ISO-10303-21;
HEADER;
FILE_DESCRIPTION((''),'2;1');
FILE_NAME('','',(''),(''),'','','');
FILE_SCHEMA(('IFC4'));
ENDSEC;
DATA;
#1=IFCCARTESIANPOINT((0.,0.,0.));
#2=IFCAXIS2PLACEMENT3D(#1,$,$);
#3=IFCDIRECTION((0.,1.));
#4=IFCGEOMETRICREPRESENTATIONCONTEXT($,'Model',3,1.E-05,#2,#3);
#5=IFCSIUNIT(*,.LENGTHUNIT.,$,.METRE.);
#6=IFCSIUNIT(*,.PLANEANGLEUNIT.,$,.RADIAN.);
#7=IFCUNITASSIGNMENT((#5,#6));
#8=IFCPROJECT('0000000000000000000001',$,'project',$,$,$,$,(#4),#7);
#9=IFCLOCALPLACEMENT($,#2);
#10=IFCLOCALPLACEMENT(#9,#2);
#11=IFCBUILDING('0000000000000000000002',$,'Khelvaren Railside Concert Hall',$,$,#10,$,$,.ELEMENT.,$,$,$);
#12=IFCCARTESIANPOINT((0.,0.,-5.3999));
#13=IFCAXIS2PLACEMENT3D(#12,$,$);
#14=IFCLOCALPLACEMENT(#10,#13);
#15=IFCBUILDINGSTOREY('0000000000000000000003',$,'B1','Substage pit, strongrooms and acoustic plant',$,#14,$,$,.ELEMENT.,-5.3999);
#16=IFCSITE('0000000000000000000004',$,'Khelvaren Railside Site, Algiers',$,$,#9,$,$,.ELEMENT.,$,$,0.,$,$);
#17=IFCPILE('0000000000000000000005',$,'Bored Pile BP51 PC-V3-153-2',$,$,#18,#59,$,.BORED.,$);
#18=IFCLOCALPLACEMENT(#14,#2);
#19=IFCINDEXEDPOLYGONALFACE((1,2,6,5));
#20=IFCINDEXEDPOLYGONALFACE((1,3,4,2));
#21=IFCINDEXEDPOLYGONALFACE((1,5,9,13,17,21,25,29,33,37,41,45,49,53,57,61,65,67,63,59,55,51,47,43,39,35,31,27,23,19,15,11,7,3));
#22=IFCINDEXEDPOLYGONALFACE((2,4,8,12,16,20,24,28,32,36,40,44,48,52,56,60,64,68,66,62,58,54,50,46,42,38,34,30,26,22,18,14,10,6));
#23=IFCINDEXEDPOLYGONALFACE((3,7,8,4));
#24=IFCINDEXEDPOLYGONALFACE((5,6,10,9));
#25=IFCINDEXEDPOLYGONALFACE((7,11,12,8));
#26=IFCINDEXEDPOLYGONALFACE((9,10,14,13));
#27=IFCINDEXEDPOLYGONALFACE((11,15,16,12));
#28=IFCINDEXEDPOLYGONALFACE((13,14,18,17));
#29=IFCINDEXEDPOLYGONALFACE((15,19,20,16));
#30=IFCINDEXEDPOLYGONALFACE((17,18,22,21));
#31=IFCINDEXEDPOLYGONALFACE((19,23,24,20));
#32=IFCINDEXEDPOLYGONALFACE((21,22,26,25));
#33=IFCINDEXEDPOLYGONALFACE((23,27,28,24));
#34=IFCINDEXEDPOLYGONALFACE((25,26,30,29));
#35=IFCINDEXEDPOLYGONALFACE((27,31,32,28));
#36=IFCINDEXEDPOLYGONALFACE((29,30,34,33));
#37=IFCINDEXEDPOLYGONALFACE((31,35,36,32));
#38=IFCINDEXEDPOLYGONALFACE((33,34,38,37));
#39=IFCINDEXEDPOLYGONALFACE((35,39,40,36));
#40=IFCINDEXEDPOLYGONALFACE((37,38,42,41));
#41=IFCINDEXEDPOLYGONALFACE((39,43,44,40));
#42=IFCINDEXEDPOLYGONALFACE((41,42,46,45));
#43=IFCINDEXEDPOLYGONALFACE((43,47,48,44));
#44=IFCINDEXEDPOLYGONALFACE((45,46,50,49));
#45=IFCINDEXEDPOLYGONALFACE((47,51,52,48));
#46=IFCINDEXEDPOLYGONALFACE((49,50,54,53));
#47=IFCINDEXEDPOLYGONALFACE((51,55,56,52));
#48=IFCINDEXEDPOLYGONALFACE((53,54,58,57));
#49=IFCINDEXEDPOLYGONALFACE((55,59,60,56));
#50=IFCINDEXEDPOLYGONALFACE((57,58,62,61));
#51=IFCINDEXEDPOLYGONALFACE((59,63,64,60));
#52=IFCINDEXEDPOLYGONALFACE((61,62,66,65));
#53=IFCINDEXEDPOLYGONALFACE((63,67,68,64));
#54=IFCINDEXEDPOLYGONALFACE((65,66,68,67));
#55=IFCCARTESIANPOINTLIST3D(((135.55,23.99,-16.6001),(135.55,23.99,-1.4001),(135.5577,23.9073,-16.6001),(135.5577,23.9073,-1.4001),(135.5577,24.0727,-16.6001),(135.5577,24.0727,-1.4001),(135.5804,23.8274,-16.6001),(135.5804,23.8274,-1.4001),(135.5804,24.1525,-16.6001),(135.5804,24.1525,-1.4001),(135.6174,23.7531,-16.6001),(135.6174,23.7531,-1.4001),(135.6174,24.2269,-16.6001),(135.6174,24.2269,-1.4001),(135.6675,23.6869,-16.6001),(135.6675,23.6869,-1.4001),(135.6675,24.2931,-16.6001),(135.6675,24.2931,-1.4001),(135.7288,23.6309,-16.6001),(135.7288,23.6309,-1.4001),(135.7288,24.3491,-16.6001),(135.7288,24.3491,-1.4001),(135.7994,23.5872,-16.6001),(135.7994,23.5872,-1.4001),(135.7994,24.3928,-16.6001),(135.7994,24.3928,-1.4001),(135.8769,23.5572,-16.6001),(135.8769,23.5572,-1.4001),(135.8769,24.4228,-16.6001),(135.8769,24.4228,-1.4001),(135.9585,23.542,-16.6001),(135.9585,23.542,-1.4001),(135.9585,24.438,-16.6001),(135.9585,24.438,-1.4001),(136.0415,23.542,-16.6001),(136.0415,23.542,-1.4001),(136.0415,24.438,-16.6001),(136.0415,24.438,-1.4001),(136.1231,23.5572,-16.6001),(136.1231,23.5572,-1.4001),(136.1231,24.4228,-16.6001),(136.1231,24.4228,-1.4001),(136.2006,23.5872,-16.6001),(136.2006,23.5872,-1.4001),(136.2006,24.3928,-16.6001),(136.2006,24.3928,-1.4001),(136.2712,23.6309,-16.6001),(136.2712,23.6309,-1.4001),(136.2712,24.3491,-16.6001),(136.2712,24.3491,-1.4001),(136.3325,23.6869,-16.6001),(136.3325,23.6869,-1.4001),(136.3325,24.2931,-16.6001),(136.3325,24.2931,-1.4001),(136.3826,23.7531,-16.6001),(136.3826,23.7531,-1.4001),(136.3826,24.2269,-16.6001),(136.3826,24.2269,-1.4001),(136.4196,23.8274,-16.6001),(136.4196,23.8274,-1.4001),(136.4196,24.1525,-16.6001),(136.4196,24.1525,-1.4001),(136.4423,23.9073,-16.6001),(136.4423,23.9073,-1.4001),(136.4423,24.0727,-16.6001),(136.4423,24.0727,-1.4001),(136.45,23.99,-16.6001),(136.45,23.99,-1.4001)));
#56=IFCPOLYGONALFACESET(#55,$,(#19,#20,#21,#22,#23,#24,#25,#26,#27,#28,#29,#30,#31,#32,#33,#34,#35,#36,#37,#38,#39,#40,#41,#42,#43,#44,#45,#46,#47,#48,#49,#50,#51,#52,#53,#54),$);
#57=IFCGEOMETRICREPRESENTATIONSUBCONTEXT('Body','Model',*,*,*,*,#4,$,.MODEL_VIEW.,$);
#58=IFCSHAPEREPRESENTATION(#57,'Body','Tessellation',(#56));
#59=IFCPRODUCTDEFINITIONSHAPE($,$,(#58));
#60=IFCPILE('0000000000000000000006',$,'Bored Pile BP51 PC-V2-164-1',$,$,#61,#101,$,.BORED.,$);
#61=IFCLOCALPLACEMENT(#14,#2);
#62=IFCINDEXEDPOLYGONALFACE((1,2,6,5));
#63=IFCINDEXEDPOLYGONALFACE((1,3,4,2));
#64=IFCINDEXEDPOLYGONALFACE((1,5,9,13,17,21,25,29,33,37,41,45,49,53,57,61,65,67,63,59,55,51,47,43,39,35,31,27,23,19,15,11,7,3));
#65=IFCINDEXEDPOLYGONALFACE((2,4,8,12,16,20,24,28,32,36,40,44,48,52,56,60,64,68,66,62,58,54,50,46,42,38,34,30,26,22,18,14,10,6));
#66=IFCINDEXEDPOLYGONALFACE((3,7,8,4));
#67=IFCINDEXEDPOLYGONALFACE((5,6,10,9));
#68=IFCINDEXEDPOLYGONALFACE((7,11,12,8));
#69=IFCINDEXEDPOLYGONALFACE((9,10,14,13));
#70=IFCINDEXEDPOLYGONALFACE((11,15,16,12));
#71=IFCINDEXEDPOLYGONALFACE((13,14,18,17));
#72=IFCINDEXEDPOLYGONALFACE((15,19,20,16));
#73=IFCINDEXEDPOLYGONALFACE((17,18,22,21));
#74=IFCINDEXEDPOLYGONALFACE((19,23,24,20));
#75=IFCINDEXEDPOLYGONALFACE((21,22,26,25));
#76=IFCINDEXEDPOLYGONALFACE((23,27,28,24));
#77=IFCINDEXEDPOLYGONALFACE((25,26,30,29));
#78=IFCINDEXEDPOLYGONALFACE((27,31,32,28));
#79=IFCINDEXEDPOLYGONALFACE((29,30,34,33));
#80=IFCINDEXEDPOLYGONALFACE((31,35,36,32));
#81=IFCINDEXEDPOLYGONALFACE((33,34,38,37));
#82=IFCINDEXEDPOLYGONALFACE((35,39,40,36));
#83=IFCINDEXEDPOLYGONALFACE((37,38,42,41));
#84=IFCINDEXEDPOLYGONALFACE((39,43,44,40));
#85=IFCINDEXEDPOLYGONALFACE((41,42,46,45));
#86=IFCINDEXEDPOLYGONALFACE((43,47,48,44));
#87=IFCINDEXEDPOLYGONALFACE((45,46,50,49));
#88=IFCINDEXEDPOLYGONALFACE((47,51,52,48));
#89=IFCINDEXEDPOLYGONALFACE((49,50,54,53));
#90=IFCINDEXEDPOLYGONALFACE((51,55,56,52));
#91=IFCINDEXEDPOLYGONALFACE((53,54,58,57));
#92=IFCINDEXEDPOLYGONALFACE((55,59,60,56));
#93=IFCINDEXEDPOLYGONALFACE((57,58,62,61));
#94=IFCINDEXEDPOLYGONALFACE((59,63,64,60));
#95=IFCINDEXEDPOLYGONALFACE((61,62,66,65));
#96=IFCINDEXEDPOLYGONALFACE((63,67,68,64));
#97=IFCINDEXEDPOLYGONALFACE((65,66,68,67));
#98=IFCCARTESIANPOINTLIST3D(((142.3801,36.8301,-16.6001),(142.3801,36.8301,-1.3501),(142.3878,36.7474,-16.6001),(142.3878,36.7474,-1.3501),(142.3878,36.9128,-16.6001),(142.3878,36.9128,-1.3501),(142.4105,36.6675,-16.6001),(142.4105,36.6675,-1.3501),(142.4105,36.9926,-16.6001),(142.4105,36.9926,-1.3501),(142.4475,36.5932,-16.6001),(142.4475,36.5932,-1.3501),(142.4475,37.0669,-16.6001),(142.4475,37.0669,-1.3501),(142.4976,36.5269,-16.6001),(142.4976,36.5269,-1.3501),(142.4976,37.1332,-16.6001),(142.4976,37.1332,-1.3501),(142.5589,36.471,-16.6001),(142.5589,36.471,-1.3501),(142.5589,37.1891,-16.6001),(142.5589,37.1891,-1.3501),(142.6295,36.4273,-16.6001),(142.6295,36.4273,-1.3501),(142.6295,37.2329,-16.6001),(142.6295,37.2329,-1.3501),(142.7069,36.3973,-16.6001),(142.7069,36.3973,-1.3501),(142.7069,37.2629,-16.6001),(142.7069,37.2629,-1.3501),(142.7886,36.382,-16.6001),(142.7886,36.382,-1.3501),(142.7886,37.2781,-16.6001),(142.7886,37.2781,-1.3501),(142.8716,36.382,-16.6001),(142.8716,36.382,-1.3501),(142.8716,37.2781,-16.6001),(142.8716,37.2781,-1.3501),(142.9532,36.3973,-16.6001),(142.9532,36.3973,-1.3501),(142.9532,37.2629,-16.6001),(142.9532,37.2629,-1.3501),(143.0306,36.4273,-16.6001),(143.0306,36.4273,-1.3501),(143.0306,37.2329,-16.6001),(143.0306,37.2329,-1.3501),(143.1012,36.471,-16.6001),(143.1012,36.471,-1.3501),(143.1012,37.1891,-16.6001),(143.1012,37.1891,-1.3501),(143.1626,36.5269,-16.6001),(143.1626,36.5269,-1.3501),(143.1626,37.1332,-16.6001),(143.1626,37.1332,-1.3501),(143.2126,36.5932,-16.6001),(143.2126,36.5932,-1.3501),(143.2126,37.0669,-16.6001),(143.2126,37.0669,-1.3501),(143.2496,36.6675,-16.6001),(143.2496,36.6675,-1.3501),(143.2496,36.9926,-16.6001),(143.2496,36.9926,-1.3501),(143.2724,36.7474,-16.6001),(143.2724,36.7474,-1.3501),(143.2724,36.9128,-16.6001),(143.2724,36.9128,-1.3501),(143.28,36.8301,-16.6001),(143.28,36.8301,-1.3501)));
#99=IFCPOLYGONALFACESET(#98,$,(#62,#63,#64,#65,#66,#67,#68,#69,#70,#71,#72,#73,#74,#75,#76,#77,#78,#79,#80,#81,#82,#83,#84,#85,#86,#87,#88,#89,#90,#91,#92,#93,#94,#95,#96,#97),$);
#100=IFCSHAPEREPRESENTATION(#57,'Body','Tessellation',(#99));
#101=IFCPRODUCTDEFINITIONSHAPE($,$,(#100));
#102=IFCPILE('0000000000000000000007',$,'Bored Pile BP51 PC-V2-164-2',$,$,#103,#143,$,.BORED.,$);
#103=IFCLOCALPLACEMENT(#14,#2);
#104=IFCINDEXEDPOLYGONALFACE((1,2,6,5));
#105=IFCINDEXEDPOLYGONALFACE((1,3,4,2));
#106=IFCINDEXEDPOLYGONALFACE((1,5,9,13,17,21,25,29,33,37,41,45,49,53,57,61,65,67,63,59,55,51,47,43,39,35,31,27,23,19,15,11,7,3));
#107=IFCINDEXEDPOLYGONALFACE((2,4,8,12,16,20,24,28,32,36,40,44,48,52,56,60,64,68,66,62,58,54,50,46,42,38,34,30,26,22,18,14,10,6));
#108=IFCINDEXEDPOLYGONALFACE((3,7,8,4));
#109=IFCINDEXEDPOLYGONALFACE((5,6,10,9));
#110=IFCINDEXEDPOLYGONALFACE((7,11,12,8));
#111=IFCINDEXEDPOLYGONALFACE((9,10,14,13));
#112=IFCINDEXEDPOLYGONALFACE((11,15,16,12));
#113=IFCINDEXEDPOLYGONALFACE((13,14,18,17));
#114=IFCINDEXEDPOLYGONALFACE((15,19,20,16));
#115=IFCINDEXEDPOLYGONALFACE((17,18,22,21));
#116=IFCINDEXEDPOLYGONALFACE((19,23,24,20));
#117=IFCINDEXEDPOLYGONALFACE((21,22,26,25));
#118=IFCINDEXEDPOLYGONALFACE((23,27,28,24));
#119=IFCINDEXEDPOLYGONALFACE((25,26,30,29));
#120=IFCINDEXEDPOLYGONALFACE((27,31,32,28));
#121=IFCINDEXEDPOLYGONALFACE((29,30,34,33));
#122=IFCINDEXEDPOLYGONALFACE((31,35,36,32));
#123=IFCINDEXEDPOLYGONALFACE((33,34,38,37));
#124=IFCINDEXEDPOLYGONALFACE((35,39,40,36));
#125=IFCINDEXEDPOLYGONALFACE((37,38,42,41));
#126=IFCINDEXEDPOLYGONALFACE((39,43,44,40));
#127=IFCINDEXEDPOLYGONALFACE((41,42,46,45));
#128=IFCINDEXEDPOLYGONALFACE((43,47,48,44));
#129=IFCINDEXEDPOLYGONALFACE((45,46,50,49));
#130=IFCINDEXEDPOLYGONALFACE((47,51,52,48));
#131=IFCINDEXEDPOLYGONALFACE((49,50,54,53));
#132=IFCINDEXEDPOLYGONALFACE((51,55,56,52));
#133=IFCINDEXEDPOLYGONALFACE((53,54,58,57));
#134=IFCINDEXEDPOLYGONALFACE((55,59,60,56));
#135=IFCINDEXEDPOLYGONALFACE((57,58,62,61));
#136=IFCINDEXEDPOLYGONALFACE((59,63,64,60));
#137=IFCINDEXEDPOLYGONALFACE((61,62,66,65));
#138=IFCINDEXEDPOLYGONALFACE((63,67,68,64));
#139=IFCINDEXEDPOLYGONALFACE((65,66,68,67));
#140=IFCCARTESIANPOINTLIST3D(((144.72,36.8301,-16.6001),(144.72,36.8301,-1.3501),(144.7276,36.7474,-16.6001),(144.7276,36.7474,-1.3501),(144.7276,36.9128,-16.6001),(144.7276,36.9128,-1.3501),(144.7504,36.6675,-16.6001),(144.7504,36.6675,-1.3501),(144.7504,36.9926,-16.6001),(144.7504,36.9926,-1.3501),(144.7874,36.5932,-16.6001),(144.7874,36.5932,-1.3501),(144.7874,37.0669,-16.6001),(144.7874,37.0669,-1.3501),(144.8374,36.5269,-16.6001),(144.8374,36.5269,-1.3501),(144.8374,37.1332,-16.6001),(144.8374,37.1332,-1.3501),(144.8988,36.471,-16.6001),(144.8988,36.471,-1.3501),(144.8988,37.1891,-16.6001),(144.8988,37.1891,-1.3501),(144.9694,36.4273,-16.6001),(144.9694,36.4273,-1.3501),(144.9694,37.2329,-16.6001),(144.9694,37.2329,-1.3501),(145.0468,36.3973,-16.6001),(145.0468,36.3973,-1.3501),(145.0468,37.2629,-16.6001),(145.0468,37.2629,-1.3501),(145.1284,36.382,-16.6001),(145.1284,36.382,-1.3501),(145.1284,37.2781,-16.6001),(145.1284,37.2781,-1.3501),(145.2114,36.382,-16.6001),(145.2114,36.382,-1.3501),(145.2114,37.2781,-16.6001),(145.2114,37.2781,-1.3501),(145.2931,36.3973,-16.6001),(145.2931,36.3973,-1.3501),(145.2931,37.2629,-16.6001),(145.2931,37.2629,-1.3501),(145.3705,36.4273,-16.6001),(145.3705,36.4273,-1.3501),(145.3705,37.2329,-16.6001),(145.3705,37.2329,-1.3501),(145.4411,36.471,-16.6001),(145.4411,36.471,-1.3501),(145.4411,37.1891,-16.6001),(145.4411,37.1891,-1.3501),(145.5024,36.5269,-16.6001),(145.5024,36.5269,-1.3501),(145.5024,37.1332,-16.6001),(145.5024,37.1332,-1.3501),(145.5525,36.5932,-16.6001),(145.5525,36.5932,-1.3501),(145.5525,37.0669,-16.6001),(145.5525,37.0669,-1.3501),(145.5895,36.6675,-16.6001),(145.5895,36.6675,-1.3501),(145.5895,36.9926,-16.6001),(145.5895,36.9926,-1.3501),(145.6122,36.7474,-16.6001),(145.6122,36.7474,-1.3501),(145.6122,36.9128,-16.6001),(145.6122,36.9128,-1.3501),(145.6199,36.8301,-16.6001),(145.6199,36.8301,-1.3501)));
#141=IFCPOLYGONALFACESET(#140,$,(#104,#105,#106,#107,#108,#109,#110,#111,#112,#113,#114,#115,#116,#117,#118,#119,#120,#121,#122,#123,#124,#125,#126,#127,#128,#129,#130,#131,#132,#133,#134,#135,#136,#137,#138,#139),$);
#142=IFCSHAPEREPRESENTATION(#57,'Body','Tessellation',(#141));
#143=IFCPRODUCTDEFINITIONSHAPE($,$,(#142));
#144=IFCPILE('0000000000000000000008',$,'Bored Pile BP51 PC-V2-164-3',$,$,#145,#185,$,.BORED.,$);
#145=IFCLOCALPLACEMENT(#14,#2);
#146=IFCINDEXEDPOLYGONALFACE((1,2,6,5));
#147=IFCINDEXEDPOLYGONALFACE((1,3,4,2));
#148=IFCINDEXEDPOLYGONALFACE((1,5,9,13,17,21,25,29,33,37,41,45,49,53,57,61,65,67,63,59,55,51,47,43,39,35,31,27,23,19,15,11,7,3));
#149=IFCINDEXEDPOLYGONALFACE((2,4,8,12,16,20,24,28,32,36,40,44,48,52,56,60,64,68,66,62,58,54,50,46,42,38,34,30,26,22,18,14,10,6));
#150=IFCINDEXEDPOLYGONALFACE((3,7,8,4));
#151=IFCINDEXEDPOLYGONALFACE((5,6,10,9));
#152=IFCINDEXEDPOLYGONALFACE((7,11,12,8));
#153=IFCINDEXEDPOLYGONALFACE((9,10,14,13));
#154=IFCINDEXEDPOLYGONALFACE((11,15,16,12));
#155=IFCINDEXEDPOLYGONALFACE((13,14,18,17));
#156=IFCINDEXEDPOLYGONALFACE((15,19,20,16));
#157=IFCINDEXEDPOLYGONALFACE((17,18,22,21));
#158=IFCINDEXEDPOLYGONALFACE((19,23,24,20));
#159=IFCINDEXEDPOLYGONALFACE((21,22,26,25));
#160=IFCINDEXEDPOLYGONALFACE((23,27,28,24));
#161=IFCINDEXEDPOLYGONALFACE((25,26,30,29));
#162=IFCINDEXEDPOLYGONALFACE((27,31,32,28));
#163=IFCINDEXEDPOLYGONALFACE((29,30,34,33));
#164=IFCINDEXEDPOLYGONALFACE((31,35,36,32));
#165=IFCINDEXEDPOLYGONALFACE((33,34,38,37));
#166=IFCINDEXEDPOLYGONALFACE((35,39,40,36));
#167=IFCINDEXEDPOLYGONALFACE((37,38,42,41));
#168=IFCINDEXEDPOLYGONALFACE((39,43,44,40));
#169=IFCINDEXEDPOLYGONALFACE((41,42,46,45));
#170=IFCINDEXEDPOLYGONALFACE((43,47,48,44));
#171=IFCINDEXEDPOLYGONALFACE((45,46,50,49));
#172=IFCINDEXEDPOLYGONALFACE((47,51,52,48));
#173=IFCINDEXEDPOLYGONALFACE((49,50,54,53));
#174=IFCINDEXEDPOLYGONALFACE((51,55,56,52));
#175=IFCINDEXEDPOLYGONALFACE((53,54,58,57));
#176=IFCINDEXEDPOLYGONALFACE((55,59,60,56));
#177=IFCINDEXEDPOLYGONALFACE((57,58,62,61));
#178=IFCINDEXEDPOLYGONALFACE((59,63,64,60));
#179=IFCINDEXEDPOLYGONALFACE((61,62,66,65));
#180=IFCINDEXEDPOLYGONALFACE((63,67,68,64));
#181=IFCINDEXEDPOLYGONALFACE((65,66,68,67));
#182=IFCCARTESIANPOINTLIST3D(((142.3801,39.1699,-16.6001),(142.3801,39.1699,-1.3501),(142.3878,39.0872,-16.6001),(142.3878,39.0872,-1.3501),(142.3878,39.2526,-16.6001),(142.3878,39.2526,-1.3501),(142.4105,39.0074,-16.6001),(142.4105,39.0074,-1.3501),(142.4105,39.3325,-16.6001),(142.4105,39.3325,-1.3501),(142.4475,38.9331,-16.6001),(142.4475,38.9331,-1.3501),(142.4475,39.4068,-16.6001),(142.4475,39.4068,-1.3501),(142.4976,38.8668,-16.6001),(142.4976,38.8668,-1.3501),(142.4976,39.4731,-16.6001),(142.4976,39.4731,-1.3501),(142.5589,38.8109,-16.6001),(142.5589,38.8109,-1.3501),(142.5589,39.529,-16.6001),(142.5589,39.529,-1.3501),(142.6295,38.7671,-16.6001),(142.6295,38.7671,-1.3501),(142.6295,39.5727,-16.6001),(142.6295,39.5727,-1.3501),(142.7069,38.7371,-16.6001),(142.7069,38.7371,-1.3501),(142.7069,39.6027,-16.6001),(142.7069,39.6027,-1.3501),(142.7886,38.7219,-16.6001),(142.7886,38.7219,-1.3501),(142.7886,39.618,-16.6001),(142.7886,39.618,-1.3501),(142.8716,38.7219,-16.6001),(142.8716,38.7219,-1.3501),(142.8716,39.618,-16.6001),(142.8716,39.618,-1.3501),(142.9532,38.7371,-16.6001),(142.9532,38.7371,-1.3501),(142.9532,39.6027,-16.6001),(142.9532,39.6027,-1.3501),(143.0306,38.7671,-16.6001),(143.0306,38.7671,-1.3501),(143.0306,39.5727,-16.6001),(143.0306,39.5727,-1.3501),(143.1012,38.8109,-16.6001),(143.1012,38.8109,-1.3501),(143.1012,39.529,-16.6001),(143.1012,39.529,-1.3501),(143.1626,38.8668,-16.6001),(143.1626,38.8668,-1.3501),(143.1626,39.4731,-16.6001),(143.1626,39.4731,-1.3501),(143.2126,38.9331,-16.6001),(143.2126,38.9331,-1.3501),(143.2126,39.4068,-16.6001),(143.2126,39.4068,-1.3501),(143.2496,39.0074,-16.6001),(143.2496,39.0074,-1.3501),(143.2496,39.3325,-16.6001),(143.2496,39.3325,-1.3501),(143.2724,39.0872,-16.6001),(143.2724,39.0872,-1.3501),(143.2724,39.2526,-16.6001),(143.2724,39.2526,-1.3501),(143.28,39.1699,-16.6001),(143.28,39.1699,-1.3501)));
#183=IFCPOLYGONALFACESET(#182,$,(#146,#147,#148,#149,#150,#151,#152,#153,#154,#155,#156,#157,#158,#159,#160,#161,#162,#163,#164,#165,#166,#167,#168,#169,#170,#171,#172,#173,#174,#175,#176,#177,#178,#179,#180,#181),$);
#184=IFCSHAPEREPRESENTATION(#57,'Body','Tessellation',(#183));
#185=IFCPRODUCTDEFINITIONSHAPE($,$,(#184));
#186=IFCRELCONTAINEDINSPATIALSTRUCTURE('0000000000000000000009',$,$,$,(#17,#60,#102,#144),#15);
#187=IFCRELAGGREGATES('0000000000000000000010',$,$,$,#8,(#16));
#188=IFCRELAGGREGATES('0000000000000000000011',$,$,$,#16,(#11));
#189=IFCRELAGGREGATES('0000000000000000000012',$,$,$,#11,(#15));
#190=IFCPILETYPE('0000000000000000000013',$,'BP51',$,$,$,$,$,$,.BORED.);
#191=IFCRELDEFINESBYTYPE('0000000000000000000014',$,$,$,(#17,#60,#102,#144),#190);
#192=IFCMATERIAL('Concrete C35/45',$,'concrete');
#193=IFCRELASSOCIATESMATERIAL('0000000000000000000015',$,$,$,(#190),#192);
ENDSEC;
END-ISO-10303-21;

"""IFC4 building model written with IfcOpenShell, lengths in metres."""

from ifc_helpers import new_model, si_unit, direction, frame, origin, origin_2d, place, context, subcontext, project, spatial, circle, extrude, material, material_profile, profile_set, type_object, element, save


model = new_model("IFC4")

# Units and contexts
model_context = context("Model", 3, precision=1e-05, world=origin(), true_north=direction((0.0, 1.0)))
body_context = subcontext(model_context, "Body", "Model", "MODEL_VIEW")
ifc_project = project(units=[si_unit("LENGTHUNIT", "METRE"), si_unit("PLANEANGLEUNIT", "RADIAN")], contexts=[model_context])

# Site, building, storey
site_placement = place(None, origin())
site = spatial("IfcSite", under=ifc_project, at=site_placement, Name="Khelvaren Railside Site, Algiers", CompositionType="ELEMENT", RefElevation=0.0)
building_placement = place(site_placement, origin())
building = spatial("IfcBuilding", under=site, at=building_placement, Name="Khelvaren Railside Concert Hall", CompositionType="ELEMENT")
storey_placement = place(building_placement, frame((0.0, 0.0, -5.3999)))
storey = spatial("IfcBuildingStorey", under=building, at=storey_placement, Name="B1", Description="Substage pit, strongrooms and acoustic plant", CompositionType="ELEMENT", Elevation=-5.3999)

# Piles
ifc_material_1 = material(Name="Concrete C35/45", Category="concrete")
ifc_material_profile_1 = material_profile(ifc_material_1, circle(Radius=0.45, at=origin_2d()), Name="BP D900")
ifc_profile_set_1 = profile_set([ifc_material_profile_1], Name="Concrete C35/45")
pile_type_1 = type_object("IfcPileType", Name="BP51", PredefinedType="BORED", material=ifc_profile_set_1)
pile_placement = place(storey_placement, frame((136.0, 23.99, -1.4001), z_axis=(0.0, 0.0, -1.0), x_axis=(1.0, 0.0, 0.0)))
element("IfcPile", 1, at=pile_placement, inside=storey, type_object=pile_type_1, Name="Bored Pile BP51 PC-V3-153-2", PredefinedType="BORED", context=body_context, shape_type="SweptSolid", body=[
    extrude(circle(Radius=0.45, at=origin_2d()), origin(), (0.0, 0.0, 1.0), 15.2),
])
for number, where, z_axis, x_axis, name in (
    (2, (142.8301, 36.8301, -1.3501), (0.0, 0.0, -1.0), (1.0, 0.0, 0.0), "Bored Pile BP51 PC-V2-164-1"),
    (3, (145.1699, 36.8301, -1.3501), (0.0, 0.0, -1.0), (1.0, 0.0, 0.0), "Bored Pile BP51 PC-V2-164-2"),
    (4, (142.8301, 39.1699, -1.3501), (0.0, 0.0, -1.0), (1.0, 0.0, 0.0), "Bored Pile BP51 PC-V2-164-3"),
):
    element("IfcPile", number, at=place(storey_placement, frame(where, z_axis=z_axis, x_axis=x_axis)), inside=storey, type_object=pile_type_1, Name=name, PredefinedType="BORED", context=body_context, shape_type="SweptSolid", body=[
        extrude(circle(Radius=0.45, at=origin_2d()), origin(), (0.0, 0.0, 1.0), 15.25),
    ])

save(model, "model.ifc")
